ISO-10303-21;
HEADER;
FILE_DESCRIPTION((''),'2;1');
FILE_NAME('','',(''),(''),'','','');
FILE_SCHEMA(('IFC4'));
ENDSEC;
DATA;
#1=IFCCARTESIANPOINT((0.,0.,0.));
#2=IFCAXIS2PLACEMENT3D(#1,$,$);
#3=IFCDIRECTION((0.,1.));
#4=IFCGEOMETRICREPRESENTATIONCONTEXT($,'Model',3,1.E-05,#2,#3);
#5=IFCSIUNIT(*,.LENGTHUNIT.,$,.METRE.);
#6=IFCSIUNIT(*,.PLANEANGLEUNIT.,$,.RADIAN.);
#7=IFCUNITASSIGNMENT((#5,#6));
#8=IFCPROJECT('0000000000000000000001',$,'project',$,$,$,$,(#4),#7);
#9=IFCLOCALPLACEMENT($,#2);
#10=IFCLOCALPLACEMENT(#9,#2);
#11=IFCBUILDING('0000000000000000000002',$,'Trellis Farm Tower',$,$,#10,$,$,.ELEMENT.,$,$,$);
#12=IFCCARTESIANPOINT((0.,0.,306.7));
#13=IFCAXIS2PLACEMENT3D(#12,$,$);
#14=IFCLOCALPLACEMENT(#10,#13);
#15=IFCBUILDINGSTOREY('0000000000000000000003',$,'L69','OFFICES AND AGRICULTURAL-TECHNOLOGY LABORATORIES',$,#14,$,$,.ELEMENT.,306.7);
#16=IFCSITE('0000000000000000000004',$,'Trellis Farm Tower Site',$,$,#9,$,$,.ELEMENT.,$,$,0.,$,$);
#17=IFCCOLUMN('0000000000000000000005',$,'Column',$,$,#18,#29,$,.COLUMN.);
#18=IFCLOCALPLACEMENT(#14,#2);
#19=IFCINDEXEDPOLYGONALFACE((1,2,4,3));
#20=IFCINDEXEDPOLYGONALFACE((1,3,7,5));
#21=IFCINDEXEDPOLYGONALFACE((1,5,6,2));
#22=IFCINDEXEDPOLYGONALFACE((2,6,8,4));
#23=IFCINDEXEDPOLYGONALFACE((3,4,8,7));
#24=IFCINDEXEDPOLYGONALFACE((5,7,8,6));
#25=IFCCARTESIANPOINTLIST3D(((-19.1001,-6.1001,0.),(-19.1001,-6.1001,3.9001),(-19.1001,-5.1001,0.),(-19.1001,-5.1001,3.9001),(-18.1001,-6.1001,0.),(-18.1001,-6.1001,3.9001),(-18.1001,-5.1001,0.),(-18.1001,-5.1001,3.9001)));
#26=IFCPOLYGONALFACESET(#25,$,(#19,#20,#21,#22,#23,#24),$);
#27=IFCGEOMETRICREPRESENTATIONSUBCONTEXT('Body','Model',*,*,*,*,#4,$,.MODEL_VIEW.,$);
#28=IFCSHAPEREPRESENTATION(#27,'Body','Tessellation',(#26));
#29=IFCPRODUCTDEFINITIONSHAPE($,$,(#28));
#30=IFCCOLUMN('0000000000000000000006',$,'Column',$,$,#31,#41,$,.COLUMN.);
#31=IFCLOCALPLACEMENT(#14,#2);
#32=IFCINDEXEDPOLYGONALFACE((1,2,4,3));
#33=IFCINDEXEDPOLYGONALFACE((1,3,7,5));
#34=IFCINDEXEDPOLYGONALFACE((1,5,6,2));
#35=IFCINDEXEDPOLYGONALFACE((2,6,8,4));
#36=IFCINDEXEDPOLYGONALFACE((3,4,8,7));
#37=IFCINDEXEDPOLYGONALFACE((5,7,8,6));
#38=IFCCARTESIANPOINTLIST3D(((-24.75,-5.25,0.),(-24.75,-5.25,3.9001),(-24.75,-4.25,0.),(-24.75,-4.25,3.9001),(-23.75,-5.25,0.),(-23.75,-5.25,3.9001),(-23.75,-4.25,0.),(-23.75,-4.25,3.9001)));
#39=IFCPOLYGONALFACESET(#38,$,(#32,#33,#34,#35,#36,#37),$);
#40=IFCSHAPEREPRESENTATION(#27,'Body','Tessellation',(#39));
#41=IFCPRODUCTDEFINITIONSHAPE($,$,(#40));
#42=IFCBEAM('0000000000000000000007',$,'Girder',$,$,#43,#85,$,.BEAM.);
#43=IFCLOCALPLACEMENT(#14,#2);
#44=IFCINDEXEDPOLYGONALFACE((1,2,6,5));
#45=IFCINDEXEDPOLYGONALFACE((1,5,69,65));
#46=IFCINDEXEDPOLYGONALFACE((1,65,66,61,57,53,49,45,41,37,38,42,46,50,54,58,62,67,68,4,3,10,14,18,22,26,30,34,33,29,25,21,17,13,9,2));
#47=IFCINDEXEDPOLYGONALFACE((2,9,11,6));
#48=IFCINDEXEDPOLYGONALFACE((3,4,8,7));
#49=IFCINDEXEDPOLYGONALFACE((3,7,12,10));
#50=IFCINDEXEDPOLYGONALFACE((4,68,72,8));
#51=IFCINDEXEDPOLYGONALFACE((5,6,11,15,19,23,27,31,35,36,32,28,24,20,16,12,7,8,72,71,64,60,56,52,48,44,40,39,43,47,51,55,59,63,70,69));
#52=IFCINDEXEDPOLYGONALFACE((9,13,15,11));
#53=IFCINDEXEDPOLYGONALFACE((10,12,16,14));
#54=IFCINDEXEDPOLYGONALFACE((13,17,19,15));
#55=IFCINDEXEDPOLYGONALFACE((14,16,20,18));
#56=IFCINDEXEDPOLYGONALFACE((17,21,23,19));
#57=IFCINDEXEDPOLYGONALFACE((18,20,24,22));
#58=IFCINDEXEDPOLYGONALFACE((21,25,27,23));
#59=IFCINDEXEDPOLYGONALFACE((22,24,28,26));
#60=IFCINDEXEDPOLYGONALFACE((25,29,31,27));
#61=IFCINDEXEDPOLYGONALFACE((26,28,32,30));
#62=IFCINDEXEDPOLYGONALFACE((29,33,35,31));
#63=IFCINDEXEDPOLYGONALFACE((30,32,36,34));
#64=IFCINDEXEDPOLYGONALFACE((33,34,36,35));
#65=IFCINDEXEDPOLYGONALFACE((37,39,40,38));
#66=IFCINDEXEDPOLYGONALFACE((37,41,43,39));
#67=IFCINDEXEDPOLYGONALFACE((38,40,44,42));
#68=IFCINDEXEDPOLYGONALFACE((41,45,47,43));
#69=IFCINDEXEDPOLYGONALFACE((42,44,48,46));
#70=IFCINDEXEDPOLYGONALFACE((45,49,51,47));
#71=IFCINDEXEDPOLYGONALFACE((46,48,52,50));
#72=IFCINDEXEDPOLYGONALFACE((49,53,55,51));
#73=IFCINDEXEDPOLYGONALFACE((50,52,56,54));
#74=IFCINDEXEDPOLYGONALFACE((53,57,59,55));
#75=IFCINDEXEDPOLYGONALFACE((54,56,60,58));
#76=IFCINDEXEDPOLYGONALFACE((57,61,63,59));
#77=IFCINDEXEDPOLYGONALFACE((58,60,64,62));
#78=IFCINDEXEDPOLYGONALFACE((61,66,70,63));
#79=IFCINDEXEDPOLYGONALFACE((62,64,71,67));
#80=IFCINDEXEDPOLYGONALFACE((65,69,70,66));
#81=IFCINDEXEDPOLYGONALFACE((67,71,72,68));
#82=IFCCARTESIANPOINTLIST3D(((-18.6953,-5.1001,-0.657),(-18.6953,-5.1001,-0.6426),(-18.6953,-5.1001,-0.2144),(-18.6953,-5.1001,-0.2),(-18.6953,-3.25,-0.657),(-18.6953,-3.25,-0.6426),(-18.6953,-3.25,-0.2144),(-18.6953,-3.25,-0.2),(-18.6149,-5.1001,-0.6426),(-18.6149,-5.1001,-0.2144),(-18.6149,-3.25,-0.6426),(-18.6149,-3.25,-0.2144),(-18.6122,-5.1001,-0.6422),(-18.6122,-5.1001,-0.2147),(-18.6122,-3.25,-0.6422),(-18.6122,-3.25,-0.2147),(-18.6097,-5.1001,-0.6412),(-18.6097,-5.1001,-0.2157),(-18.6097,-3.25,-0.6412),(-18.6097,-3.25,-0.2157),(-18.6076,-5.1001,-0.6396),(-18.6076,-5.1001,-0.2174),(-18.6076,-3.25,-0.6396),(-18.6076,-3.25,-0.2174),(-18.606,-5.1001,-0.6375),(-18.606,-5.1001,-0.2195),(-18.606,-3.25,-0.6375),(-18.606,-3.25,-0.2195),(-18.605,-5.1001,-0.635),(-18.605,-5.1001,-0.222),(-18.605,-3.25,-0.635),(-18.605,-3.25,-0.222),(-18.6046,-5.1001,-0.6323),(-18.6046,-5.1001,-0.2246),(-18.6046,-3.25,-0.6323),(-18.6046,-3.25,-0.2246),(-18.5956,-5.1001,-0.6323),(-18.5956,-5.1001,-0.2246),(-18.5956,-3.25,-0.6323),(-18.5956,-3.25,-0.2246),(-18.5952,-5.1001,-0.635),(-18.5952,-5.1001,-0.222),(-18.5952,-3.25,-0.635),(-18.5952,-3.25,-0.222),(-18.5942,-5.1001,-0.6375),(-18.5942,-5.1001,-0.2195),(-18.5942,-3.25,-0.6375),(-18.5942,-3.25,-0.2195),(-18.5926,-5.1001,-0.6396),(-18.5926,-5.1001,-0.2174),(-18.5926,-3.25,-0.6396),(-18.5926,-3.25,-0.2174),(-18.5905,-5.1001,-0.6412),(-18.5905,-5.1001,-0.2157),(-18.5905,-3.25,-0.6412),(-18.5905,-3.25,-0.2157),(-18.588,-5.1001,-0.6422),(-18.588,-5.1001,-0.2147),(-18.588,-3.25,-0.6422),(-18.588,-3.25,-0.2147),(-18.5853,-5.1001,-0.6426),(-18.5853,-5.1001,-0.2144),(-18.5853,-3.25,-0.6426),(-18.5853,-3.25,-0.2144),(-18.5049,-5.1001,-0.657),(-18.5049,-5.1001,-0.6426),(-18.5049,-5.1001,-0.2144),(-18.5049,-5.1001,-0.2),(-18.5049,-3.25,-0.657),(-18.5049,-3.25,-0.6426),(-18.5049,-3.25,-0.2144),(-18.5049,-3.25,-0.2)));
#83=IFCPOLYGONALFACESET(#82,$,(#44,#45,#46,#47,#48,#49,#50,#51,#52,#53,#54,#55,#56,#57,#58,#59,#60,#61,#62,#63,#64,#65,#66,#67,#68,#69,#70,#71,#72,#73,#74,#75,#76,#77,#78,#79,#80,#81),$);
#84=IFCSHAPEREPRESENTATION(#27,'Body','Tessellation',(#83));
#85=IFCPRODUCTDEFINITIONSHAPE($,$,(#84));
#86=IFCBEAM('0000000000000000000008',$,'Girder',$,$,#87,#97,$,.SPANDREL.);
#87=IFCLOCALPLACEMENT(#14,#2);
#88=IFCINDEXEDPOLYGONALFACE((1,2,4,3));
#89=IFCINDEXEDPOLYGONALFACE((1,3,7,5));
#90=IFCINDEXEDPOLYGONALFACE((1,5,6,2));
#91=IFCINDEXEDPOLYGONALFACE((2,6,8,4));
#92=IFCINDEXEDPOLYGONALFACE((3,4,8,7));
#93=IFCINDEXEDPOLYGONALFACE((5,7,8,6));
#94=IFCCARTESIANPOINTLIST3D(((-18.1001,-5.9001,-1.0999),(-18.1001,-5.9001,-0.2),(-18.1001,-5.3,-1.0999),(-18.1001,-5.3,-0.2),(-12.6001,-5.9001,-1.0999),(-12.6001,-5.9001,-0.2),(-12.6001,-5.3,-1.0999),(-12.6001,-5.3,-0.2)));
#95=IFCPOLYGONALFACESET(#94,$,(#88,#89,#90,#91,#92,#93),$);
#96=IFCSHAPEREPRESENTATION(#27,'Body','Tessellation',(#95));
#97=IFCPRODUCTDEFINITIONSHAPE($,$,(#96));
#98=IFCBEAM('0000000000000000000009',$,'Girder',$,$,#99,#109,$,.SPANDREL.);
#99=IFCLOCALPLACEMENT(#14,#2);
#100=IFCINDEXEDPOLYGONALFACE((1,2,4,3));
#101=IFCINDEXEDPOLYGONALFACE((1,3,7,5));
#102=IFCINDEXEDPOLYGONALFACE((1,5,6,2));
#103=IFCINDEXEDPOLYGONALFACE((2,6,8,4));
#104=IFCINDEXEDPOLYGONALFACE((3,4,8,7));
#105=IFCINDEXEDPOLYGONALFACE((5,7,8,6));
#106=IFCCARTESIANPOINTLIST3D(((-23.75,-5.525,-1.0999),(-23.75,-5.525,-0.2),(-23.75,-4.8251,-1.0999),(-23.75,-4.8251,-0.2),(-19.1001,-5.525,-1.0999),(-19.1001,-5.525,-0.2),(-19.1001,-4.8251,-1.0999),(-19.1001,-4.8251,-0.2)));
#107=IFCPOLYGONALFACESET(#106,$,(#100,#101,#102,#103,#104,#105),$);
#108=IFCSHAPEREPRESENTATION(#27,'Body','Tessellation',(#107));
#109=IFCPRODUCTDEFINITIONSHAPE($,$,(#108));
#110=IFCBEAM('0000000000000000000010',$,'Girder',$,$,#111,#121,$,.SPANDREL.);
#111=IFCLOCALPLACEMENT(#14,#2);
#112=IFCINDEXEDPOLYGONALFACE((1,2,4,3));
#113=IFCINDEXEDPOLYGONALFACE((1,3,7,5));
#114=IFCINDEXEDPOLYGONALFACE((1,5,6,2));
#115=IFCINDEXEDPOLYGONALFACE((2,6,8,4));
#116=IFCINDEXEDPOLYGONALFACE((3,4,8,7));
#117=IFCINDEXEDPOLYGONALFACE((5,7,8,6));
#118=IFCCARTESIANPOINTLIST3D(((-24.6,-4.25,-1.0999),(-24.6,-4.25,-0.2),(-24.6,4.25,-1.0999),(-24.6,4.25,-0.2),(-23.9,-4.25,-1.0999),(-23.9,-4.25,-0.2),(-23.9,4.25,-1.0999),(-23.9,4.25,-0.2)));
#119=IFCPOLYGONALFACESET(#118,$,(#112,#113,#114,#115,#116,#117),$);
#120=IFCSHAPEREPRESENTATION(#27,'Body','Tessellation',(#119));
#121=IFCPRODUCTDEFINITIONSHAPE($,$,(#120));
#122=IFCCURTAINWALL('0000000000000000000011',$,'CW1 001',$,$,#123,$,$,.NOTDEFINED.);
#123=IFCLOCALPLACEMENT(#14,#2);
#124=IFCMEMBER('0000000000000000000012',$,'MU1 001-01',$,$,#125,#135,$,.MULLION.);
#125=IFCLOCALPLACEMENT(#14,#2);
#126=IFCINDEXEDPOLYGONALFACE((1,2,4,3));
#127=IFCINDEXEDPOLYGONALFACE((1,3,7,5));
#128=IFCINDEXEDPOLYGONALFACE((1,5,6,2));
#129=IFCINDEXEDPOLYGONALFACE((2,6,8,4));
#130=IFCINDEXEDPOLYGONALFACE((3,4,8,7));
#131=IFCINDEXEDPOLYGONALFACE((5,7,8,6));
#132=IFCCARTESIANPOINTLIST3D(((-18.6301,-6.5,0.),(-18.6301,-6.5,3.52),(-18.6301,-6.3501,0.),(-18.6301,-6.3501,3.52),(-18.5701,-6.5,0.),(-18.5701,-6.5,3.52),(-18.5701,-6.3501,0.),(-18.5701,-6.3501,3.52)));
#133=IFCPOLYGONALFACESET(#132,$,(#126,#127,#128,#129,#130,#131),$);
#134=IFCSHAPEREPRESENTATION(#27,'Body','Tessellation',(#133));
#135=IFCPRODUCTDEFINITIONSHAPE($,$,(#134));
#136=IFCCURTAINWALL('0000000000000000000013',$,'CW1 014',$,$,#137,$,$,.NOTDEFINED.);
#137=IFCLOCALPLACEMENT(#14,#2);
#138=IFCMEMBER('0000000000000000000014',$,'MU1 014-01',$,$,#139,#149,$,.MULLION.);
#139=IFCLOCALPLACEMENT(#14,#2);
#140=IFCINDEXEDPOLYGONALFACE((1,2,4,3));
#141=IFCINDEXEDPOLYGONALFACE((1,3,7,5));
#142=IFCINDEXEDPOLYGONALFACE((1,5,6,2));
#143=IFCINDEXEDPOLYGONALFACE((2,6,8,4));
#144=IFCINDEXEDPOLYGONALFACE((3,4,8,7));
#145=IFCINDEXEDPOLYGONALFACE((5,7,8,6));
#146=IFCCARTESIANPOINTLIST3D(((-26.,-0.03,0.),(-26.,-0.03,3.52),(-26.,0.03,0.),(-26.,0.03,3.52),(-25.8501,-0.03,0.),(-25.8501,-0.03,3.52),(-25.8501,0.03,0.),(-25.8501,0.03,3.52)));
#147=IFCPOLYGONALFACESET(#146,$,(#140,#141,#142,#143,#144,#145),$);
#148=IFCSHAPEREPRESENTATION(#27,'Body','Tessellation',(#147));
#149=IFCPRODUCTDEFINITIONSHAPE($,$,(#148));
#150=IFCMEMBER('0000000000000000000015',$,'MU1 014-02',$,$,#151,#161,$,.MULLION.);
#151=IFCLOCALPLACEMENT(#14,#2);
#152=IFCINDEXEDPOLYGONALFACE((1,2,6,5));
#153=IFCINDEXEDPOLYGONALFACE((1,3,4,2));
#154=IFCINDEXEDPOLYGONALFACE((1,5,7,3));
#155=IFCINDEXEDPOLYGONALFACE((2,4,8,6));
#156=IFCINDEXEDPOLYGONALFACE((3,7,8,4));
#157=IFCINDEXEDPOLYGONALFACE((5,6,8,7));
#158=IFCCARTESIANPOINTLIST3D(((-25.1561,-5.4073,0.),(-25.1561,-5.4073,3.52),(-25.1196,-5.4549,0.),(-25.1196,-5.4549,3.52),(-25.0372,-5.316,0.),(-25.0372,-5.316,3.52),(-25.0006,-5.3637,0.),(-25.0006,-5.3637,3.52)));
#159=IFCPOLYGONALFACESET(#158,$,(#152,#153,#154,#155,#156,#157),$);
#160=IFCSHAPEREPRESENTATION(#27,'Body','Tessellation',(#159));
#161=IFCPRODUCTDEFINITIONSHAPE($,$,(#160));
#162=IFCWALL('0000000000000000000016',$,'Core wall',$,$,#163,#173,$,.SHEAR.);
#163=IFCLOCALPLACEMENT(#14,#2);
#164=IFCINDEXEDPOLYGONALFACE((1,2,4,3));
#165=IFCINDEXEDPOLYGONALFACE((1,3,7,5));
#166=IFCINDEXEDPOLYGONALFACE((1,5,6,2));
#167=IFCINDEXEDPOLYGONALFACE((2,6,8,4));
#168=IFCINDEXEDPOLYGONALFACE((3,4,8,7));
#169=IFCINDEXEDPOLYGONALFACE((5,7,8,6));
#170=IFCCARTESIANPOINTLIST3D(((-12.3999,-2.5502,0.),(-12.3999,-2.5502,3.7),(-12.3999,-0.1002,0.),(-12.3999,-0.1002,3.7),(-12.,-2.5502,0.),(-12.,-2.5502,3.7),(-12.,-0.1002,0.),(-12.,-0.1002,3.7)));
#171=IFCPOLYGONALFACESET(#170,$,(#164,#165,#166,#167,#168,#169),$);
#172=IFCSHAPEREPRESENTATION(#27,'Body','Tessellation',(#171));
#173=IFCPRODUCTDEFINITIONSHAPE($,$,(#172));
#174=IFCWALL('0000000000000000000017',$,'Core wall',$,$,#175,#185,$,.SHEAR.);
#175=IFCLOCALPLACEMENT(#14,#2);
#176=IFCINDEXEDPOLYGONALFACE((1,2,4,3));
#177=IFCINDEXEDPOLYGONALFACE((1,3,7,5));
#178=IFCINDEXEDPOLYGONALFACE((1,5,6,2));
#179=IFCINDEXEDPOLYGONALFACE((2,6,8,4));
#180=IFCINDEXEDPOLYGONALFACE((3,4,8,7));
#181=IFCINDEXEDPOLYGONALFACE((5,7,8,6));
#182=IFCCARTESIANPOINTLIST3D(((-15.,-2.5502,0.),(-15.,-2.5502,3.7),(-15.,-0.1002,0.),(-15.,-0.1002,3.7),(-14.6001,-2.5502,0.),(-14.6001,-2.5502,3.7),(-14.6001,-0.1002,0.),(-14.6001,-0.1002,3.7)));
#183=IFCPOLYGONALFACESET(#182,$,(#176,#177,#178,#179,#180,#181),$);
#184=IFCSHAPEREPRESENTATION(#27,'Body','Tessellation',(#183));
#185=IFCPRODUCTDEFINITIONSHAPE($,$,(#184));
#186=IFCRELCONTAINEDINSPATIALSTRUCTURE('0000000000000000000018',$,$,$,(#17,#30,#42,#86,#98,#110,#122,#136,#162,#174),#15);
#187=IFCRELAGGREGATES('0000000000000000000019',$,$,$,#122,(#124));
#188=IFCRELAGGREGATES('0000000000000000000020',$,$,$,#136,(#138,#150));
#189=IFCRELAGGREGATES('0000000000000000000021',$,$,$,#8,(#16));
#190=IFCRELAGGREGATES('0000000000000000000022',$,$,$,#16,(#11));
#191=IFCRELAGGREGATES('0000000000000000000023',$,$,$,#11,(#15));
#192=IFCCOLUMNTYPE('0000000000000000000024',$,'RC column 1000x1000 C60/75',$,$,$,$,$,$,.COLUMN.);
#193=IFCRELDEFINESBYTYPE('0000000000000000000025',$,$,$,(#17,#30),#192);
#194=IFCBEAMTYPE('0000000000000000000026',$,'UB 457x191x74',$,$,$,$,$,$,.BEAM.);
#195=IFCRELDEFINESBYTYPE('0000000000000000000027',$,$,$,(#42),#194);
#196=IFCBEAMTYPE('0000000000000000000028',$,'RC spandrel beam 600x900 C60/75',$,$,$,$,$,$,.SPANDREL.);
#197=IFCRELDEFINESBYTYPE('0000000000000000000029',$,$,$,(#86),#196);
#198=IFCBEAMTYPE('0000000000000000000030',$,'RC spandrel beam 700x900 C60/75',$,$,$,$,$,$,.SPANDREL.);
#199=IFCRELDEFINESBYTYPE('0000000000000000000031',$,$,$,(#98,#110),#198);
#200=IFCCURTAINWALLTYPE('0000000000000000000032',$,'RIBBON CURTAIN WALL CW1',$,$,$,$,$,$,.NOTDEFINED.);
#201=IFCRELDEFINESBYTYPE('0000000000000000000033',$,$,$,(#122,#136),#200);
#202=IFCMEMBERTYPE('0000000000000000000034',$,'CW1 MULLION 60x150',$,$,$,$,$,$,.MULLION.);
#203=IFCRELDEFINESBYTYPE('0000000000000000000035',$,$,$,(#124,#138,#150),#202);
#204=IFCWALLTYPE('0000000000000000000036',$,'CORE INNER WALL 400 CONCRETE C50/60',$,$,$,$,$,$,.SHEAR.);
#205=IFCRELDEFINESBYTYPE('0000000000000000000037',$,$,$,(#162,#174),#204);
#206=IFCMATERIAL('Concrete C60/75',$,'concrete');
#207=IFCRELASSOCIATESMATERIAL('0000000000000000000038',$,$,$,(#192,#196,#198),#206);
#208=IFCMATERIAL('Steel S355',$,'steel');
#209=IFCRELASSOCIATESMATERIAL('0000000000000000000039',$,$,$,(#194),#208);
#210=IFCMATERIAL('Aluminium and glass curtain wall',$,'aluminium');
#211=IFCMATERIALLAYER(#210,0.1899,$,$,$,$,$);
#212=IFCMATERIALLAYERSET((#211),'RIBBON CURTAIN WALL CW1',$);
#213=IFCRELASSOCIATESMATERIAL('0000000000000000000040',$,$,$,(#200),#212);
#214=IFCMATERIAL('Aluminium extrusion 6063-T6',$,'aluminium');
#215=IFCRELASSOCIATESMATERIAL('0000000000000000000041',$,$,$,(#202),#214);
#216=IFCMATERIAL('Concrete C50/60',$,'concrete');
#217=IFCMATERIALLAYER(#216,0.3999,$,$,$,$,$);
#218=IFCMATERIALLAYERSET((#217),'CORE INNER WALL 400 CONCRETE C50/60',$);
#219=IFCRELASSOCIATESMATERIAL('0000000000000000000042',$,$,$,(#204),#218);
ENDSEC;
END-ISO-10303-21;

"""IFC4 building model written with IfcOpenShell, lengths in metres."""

from ifc_helpers import new_model, si_unit, direction, frame, frame_2d, origin, origin_2d, place, context, subcontext, project, spatial, rectangle, i_section, extrude, source, transform, mapped, material, layer, layer_set, material_profile, profile_set, type_object, element, aggregate, save


model = new_model("IFC4")

# Units and contexts
model_context = context("Model", 3, precision=1e-05, world=origin(), true_north=direction((0.0, 1.0)))
body_context = subcontext(model_context, "Body", "Model", "MODEL_VIEW")
ifc_project = project(units=[si_unit("LENGTHUNIT", "METRE"), si_unit("PLANEANGLEUNIT", "RADIAN")], contexts=[model_context])

# Site, building, storey
site_placement = place(None, origin())
site = spatial("IfcSite", under=ifc_project, at=site_placement, Name="Trellis Farm Tower Site", CompositionType="ELEMENT", RefElevation=0.0)
building_placement = place(site_placement, origin())
building = spatial("IfcBuilding", under=site, at=building_placement, Name="Trellis Farm Tower", CompositionType="ELEMENT")
storey_placement = place(building_placement, frame((0.0, 0.0, 306.7)))
storey = spatial("IfcBuildingStorey", under=building, at=storey_placement, Name="L69", Description="OFFICES AND AGRICULTURAL-TECHNOLOGY LABORATORIES", CompositionType="ELEMENT", Elevation=306.7)

# Columns
ifc_material_1 = material(Name="Concrete C60/75", Category="concrete")
ifc_material_profile_1 = material_profile(ifc_material_1, rectangle(XDim=1.0, YDim=1.0, at=origin_2d()), Name="RC column 1000x1000 C60/75")
ifc_profile_set_1 = profile_set([ifc_material_profile_1], Name="Concrete C60/75")
column_type = type_object("IfcColumnType", Name="RC column 1000x1000 C60/75", PredefinedType="COLUMN", material=ifc_profile_set_1)
shared_shape_1 = source(origin(), body_context, "Body", "SweptSolid", [
    extrude(rectangle(XDim=1.0, YDim=1.0, at=origin_2d()), origin(), (0.0, 0.0, 1.0), 3.9001),
])
for number, where, z_axis, x_axis, name in (
    (1, (-18.6001, -5.6001, 0.0), (0.0, 0.0, 1.0), (1.0, 0.0, 0.0), "Column"),
    (2, (-24.25, -4.75, 0.0), (0.0, 0.0, 1.0), (1.0, 0.0, 0.0), "Column"),
):
    element("IfcColumn", number, at=place(storey_placement, frame(where, z_axis=z_axis, x_axis=x_axis)), inside=storey, type_object=column_type, Name=name, PredefinedType="COLUMN", context=body_context, shape_type="MappedRepresentation", body=[
        mapped(shared_shape_1, transform((0.0, 0.0, 0.0))),
    ])

# Beams
ifc_material_2 = material(Name="Steel S355", Category="steel")
ifc_material_profile_2 = material_profile(ifc_material_2, i_section(OverallWidth=0.1904, OverallDepth=0.457, WebThickness=0.009, FlangeThickness=0.0144, FilletRadius=0.0103, at=origin_2d()), Name="UB 457x191x74")
ifc_profile_set_2 = profile_set([ifc_material_profile_2], Name="Steel S355")
beam_type_1 = type_object("IfcBeamType", Name="UB 457x191x74", PredefinedType="BEAM", material=ifc_profile_set_2)
shared_shape_2 = source(origin(), body_context, "Body", "SweptSolid", [
    extrude(i_section(OverallWidth=0.1904, OverallDepth=0.457, WebThickness=0.009, FlangeThickness=0.0144, FilletRadius=0.0103, at=origin_2d()), origin(), (0.0, 0.0, 1.0), 1.8501),
])
beam_1_placement = place(storey_placement, frame((-18.6001, -5.1001, -0.4285), z_axis=(0.0, 1.0, 0.0), x_axis=(-1.0, 0.0, 0.0)))
element("IfcBeam", 3, at=beam_1_placement, inside=storey, type_object=beam_type_1, Name="Girder", PredefinedType="BEAM", context=body_context, shape_type="MappedRepresentation", body=[
    mapped(shared_shape_2, transform((0.0, 0.0, 0.0))),
])
ifc_material_profile_3 = material_profile(ifc_material_1, rectangle(XDim=0.6001, YDim=0.8999, at=origin_2d()), Name="RC spandrel beam 600x900 C60/75")
ifc_profile_set_3 = profile_set([ifc_material_profile_3], Name="Concrete C60/75")
beam_type_2 = type_object("IfcBeamType", Name="RC spandrel beam 600x900 C60/75", PredefinedType="SPANDREL", material=ifc_profile_set_3)
shared_shape_3 = source(origin(), body_context, "Body", "SweptSolid", [
    extrude(rectangle(XDim=0.6001, YDim=0.8999, at=origin_2d()), origin(), (0.0, 0.0, 1.0), 5.5),
])
beam_2_placement = place(storey_placement, frame((-18.1001, -5.6001, -0.6499), z_axis=(1.0, 0.0, 0.0), x_axis=(0.0, 1.0, 0.0)))
element("IfcBeam", 4, at=beam_2_placement, inside=storey, type_object=beam_type_2, Name="Girder", PredefinedType="SPANDREL", context=body_context, shape_type="MappedRepresentation", body=[
    mapped(shared_shape_3, transform((0.0, 0.0, 0.0))),
])
ifc_material_profile_4 = material_profile(ifc_material_1, rectangle(XDim=0.7, YDim=0.8999, at=origin_2d()), Name="RC spandrel beam 700x900 C60/75")
ifc_profile_set_4 = profile_set([ifc_material_profile_4], Name="Concrete C60/75")
beam_type_3 = type_object("IfcBeamType", Name="RC spandrel beam 700x900 C60/75", PredefinedType="SPANDREL", material=ifc_profile_set_4)
shared_shape_4 = source(origin(), body_context, "Body", "SweptSolid", [
    extrude(rectangle(XDim=0.7, YDim=0.8999, at=origin_2d()), origin(), (0.0, 0.0, 1.0), 4.6499),
])
beam_3_placement = place(storey_placement, frame((-23.75, -5.175, -0.6499), z_axis=(1.0, 0.0, 0.0), x_axis=(0.0, 1.0, 0.0)))
element("IfcBeam", 5, at=beam_3_placement, inside=storey, type_object=beam_type_3, Name="Girder", PredefinedType="SPANDREL", context=body_context, shape_type="MappedRepresentation", body=[
    mapped(shared_shape_4, transform((0.0, 0.0, 0.0))),
])
shared_shape_5 = source(origin(), body_context, "Body", "SweptSolid", [
    extrude(rectangle(XDim=0.7, YDim=0.8999, at=origin_2d()), origin(), (0.0, 0.0, 1.0), 8.5),
])
beam_4_placement = place(storey_placement, frame((-24.25, -4.25, -0.6499), z_axis=(0.0, 1.0, 0.0), x_axis=(-1.0, 0.0, 0.0)))
element("IfcBeam", 6, at=beam_4_placement, inside=storey, type_object=beam_type_3, Name="Girder", PredefinedType="SPANDREL", context=body_context, shape_type="MappedRepresentation", body=[
    mapped(shared_shape_5, transform((0.0, 0.0, 0.0))),
])

# Curtain wall, member
ifc_material_3 = material(Name="Aluminium and glass curtain wall", Category="aluminium")
ifc_layer_1 = layer(ifc_material_3, 0.1899)
ifc_layer_set_1 = layer_set([ifc_layer_1], Name="RIBBON CURTAIN WALL CW1")
curtain_wall_type = type_object("IfcCurtainWallType", Name="RIBBON CURTAIN WALL CW1", PredefinedType="NOTDEFINED", material=ifc_layer_set_1)
placement = place(storey_placement, origin())
curtain_wall_1 = element("IfcCurtainWall", 7, at=placement, inside=storey, type_object=curtain_wall_type, Name="CW1 001", PredefinedType="NOTDEFINED")
ifc_material_4 = material(Name="Aluminium extrusion 6063-T6", Category="aluminium")
ifc_material_profile_5 = material_profile(ifc_material_4, rectangle(XDim=0.0601, YDim=0.1499, at=origin_2d()), Name="MULLION 60x150")
ifc_profile_set_5 = profile_set([ifc_material_profile_5], Name="Aluminium extrusion 6063-T6")
member_type = type_object("IfcMemberType", Name="CW1 MULLION 60x150", PredefinedType="MULLION", material=ifc_profile_set_5)
shared_shape_6 = source(origin(), body_context, "Body", "SweptSolid", [
    extrude(rectangle(XDim=0.0601, YDim=0.1499, at=origin_2d()), origin(), (0.0, 0.0, 1.0), 3.52),
])
member_1_placement = place(storey_placement, frame((-18.6001, -6.425, 0.0), z_axis=(0.0, 0.0, 1.0), x_axis=(1.0, 0.0, 0.0)))
member_1 = element("IfcMember", 8, at=member_1_placement, type_object=member_type, Name="MU1 001-01", PredefinedType="MULLION", context=body_context, shape_type="MappedRepresentation", body=[
    mapped(shared_shape_6, transform((0.0, 0.0, 0.0))),
])
aggregate(curtain_wall_1, [member_1])

# Curtain wall, members
curtain_wall_2 = element("IfcCurtainWall", 9, at=placement, inside=storey, type_object=curtain_wall_type, Name="CW1 014", PredefinedType="NOTDEFINED")
member_2_placement = place(storey_placement, frame((-25.925, 0.0, 0.0), z_axis=(0.0, 0.0, 1.0), x_axis=(0.0, -1.0, 0.0)))
member_2 = element("IfcMember", 10, at=member_2_placement, type_object=member_type, Name="MU1 014-01", PredefinedType="MULLION", context=body_context, shape_type="MappedRepresentation", body=[
    mapped(shared_shape_6, transform((0.0, 0.0, 0.0))),
])
member_3_placement = place(storey_placement, frame((-25.0784, -5.3855, 0.0), z_axis=(0.0, 0.0, 1.0), x_axis=(0.608761, -0.793353, 0.0)))
member_3 = element("IfcMember", 11, at=member_3_placement, type_object=member_type, Name="MU1 014-02", PredefinedType="MULLION", context=body_context, shape_type="MappedRepresentation", body=[
    mapped(shared_shape_6, transform((0.0, 0.0, 0.0))),
])
aggregate(curtain_wall_2, [member_2, member_3])

# Walls
ifc_material_5 = material(Name="Concrete C50/60", Category="concrete")
ifc_layer_2 = layer(ifc_material_5, 0.3999)
ifc_layer_set_2 = layer_set([ifc_layer_2], Name="CORE INNER WALL 400 CONCRETE C50/60")
wall_type_1 = type_object("IfcWallType", Name="CORE INNER WALL 400 CONCRETE C50/60", PredefinedType="SHEAR", material=ifc_layer_set_2)
shared_shape_7 = source(origin(), body_context, "Body", "SweptSolid", [
    extrude(rectangle(XDim=2.45, YDim=0.3999, at=frame_2d((1.2251, 0.0))), origin(), (0.0, 0.0, 1.0), 3.7),
])
for number, where, z_axis, x_axis, name in (
    (12, (-12.2, -0.1001, 0.0), (0.0, 0.0, 1.0), (0.0, -1.0, 0.0), "Core wall"),
    (13, (-14.8, -0.1001, 0.0), (0.0, 0.0, 1.0), (0.0, -1.0, 0.0), "Core wall"),
):
    element("IfcWall", number, at=place(storey_placement, frame(where, z_axis=z_axis, x_axis=x_axis)), inside=storey, type_object=wall_type_1, Name=name, PredefinedType="SHEAR", context=body_context, shape_type="MappedRepresentation", body=[
        mapped(shared_shape_7, transform((0.0, 0.0, 0.0))),
    ])

save(model, "model.ifc")
